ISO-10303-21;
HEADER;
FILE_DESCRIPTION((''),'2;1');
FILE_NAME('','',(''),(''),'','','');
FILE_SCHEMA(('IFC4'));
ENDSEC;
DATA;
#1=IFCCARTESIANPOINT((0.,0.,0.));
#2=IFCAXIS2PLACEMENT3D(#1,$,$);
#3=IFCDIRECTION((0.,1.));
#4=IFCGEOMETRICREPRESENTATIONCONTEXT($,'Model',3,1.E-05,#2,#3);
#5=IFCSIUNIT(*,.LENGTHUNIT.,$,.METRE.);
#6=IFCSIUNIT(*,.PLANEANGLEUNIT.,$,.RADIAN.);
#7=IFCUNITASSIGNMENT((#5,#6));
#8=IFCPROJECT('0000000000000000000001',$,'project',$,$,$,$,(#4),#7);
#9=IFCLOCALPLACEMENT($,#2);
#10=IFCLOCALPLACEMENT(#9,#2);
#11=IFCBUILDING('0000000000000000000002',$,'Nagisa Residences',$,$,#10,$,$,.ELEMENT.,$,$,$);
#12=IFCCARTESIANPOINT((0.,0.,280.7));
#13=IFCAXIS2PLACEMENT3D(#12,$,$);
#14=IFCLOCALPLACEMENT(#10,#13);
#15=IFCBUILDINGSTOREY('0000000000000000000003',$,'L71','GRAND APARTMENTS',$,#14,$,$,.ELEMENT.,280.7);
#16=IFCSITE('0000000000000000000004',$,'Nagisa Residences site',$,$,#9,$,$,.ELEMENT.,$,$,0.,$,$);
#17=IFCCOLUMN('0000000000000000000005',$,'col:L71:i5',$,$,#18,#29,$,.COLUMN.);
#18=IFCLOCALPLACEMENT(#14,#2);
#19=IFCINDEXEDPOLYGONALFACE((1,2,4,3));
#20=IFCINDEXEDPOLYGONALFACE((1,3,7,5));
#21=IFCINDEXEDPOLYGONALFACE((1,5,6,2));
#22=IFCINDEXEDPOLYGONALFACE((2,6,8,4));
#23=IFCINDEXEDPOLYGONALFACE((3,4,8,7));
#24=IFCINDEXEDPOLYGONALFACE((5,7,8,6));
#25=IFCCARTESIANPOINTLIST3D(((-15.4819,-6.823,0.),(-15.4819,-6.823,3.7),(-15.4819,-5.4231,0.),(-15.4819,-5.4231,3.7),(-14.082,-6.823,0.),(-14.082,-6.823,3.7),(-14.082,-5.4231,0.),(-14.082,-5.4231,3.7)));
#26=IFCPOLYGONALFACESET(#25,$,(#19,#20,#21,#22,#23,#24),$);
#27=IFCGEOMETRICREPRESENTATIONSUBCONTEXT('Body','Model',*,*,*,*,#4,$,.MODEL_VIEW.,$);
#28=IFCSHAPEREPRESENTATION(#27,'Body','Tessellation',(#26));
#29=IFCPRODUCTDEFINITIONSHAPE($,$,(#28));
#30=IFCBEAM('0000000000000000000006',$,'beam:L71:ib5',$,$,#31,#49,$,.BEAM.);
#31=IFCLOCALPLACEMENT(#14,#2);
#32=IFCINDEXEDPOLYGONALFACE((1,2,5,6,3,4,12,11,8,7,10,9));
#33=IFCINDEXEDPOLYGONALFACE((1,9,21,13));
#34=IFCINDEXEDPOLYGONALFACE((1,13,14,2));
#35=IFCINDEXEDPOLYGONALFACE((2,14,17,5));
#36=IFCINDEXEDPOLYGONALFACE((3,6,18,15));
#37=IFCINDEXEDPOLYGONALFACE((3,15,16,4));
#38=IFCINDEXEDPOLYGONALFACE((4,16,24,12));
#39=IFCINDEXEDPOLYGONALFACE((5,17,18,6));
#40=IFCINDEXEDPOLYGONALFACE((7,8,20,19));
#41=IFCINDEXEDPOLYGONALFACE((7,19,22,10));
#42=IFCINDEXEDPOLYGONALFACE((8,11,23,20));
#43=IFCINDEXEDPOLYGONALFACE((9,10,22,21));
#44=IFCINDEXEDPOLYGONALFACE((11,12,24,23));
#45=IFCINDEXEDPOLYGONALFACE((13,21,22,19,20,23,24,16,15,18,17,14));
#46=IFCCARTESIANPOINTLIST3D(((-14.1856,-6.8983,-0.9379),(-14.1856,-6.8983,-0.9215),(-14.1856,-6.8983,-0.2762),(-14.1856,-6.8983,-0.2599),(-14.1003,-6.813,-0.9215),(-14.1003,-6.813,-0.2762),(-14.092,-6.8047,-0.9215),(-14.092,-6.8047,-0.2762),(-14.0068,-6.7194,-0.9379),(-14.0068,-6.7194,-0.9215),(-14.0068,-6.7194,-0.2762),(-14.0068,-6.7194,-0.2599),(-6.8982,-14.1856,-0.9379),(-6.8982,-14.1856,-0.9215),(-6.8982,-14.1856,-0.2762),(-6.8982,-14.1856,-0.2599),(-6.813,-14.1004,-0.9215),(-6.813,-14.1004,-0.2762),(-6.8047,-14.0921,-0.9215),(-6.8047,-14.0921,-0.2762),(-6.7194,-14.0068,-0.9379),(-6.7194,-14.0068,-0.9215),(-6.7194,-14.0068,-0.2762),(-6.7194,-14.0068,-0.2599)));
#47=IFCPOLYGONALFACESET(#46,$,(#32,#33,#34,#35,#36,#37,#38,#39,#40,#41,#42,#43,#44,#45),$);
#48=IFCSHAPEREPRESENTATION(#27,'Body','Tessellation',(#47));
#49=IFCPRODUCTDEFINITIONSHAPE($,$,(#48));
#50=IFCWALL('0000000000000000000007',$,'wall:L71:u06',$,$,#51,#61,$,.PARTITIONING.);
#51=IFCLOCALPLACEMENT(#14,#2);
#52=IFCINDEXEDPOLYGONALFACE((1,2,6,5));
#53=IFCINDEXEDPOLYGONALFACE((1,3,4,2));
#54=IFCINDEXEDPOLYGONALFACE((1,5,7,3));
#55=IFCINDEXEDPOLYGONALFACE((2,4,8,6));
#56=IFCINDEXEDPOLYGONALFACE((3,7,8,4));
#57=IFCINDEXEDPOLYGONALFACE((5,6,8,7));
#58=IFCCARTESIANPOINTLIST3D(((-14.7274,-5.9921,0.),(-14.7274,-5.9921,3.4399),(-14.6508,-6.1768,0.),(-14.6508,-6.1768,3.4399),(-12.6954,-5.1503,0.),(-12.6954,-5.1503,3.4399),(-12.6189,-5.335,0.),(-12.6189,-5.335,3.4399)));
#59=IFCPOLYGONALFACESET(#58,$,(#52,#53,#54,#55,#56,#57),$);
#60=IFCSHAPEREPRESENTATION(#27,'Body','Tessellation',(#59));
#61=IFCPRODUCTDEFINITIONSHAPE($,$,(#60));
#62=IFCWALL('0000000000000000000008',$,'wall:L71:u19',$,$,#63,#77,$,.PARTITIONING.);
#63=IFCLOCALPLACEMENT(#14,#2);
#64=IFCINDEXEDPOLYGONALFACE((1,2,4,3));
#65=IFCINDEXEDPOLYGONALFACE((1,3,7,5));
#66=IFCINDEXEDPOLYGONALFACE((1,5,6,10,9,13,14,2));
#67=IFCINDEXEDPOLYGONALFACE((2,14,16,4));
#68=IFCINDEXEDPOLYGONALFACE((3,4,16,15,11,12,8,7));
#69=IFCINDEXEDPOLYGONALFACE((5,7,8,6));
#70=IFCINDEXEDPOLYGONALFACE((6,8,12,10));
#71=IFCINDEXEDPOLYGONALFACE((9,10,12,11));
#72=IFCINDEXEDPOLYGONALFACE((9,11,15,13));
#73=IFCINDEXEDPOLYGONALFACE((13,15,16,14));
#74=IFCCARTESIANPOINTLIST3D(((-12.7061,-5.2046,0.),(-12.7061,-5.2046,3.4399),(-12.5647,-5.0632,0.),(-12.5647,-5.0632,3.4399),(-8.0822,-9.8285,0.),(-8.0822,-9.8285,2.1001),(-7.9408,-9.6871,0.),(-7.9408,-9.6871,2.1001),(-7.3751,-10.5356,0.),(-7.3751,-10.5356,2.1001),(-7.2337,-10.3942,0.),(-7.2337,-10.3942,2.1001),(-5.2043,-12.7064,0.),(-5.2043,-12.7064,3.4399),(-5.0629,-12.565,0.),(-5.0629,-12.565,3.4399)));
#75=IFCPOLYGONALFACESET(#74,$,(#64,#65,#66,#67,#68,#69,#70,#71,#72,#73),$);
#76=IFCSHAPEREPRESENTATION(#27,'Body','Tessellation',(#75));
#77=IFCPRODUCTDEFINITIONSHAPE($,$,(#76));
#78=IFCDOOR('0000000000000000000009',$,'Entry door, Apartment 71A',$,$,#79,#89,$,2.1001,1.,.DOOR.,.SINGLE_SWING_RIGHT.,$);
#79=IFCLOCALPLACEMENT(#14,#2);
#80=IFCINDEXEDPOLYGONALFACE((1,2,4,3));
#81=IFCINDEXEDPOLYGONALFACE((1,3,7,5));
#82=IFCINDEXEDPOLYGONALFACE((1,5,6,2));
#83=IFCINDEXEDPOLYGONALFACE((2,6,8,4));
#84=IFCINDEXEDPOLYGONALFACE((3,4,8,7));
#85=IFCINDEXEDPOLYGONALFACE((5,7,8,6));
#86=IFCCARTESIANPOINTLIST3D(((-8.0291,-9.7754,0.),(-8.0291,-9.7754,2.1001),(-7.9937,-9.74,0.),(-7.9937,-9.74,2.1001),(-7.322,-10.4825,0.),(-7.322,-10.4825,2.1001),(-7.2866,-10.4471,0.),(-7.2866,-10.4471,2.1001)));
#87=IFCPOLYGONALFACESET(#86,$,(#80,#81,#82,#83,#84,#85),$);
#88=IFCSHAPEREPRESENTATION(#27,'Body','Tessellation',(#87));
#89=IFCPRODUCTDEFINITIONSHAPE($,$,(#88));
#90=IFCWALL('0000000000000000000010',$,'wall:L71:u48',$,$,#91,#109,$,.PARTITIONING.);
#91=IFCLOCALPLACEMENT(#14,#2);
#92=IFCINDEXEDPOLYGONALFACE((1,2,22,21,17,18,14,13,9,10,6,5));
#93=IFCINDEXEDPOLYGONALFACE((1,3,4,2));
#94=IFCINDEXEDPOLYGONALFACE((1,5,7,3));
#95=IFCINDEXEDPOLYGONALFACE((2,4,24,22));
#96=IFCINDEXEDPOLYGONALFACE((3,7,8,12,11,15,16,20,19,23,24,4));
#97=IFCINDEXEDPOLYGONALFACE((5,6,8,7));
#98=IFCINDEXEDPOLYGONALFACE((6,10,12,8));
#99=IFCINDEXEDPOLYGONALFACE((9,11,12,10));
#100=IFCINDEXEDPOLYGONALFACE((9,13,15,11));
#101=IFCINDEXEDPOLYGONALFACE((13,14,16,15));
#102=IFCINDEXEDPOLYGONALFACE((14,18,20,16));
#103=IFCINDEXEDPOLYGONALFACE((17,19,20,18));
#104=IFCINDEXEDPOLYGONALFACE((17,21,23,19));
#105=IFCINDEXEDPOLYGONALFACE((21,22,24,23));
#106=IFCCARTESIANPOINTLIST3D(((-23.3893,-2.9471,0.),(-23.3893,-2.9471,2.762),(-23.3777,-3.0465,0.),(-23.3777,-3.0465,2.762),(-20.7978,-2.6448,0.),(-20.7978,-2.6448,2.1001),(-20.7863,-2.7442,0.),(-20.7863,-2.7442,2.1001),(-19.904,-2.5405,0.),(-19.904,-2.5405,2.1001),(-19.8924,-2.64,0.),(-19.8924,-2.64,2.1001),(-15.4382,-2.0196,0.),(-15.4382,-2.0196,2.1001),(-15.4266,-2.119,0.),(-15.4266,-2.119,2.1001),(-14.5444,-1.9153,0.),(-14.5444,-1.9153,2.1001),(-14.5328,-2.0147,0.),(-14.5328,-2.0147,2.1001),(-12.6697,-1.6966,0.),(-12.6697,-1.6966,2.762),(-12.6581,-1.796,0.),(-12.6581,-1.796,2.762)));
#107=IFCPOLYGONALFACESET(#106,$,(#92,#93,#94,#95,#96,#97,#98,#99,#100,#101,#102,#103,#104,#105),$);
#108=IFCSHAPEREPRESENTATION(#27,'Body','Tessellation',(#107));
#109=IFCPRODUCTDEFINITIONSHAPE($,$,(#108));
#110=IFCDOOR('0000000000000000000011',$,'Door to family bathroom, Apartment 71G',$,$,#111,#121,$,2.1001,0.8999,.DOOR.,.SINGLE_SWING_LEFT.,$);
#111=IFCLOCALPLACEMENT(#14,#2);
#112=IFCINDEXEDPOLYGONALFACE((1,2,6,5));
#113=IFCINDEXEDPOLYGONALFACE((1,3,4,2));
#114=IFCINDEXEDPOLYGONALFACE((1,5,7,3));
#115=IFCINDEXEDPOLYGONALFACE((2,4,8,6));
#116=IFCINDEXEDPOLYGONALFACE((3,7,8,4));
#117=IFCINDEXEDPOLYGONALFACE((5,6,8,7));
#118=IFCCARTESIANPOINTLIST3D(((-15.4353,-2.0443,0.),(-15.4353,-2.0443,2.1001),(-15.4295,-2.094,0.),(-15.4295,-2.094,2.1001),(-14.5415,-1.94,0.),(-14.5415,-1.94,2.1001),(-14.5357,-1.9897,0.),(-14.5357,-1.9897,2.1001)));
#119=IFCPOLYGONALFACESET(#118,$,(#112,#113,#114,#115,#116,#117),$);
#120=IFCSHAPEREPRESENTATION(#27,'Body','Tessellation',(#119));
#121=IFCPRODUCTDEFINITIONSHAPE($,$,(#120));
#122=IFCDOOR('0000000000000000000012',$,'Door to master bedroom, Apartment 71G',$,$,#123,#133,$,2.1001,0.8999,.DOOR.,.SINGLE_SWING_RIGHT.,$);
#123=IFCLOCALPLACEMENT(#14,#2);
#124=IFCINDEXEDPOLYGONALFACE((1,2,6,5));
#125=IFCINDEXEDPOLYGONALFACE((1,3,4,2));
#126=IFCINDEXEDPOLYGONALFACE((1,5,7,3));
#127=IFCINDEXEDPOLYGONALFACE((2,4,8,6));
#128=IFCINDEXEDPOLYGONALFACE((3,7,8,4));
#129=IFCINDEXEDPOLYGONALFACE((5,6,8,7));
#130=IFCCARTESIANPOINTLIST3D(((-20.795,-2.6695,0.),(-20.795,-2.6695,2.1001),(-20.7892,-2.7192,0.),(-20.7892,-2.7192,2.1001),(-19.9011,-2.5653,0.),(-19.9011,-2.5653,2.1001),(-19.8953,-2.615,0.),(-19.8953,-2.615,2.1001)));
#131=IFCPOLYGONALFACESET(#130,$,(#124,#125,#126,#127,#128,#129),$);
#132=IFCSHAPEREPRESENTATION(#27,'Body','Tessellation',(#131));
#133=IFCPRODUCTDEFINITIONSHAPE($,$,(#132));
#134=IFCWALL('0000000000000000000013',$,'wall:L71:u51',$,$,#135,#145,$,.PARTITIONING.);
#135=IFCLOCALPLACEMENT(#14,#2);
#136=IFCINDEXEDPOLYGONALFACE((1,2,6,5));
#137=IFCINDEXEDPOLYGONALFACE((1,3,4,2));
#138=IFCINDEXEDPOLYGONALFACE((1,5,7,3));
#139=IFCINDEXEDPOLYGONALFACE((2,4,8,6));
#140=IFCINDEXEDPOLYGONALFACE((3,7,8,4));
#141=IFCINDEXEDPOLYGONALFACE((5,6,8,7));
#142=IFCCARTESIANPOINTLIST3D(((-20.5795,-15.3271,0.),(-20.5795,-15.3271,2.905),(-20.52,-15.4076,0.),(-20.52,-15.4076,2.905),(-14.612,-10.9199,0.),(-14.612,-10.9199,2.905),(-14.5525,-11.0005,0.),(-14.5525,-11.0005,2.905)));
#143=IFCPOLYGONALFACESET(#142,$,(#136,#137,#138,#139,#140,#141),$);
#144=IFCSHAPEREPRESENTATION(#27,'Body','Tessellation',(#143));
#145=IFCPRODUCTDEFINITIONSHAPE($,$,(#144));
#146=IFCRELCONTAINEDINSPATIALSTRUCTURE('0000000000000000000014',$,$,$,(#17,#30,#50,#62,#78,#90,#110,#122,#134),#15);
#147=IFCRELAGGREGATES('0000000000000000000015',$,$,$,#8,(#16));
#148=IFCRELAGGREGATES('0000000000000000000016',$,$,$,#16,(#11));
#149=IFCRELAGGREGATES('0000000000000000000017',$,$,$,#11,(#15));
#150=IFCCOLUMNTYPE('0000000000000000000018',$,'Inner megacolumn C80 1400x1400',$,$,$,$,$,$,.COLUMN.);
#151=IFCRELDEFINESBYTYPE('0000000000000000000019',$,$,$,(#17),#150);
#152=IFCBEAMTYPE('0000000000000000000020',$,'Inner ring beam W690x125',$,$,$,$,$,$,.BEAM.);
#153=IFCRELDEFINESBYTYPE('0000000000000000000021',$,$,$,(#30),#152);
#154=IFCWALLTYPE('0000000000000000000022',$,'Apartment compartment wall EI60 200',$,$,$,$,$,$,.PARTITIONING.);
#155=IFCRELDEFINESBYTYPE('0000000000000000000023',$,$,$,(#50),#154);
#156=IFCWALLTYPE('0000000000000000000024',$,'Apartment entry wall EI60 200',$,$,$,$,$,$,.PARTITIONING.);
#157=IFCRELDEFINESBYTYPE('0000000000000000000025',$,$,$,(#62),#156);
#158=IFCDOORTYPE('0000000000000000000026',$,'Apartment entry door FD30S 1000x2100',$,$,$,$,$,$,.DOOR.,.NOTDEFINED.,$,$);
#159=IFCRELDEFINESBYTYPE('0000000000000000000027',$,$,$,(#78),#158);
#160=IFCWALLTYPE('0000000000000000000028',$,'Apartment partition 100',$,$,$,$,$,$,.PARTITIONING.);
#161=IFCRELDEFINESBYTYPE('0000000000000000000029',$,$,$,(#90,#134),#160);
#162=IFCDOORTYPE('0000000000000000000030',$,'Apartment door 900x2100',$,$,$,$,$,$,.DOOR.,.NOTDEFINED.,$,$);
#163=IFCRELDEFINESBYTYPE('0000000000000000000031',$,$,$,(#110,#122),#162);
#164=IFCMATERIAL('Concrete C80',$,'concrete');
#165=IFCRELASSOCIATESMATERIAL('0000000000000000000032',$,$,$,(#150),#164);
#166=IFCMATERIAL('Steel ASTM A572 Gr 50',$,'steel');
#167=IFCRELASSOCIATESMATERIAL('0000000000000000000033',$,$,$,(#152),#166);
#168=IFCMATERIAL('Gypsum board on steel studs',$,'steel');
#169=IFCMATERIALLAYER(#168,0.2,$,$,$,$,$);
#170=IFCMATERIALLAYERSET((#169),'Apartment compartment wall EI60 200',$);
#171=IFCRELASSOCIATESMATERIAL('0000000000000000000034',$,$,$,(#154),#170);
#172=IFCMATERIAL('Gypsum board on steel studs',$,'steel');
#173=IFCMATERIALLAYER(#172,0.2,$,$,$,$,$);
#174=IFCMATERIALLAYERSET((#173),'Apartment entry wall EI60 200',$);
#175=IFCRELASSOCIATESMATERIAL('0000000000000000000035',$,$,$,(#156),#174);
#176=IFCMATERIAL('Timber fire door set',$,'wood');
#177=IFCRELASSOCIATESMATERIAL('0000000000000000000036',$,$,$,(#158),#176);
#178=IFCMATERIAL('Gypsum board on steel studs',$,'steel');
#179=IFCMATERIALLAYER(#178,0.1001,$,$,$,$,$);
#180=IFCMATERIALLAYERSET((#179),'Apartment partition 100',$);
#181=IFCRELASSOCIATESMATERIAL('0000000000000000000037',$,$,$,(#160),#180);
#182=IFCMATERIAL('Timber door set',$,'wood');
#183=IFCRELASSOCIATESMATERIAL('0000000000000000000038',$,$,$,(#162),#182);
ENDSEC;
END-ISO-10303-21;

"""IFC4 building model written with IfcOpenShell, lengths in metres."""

from ifc_helpers import new_model, si_unit, direction, frame, frame_2d, origin, origin_2d, place, context, subcontext, project, spatial, rectangle, i_section, extrude, material, layer, layer_set, material_profile, profile_set, type_object, element, fill, save


model = new_model("IFC4")

# Units and contexts
model_context = context("Model", 3, precision=1e-05, world=origin(), true_north=direction((0.0, 1.0)))
body_context = subcontext(model_context, "Body", "Model", "MODEL_VIEW")
ifc_project = project(units=[si_unit("LENGTHUNIT", "METRE"), si_unit("PLANEANGLEUNIT", "RADIAN")], contexts=[model_context])

# Site, building, storey
site_placement = place(None, origin())
site = spatial("IfcSite", under=ifc_project, at=site_placement, Name="Nagisa Residences site", CompositionType="ELEMENT", RefElevation=0.0)
building_placement = place(site_placement, origin())
building = spatial("IfcBuilding", under=site, at=building_placement, Name="Nagisa Residences", CompositionType="ELEMENT")
storey_placement = place(building_placement, frame((0.0, 0.0, 280.7)))
storey = spatial("IfcBuildingStorey", under=building, at=storey_placement, Name="L71", Description="GRAND APARTMENTS", CompositionType="ELEMENT", Elevation=280.7)

# Column
ifc_material_1 = material(Name="Concrete C80", Category="concrete")
ifc_material_profile_1 = material_profile(ifc_material_1, rectangle(XDim=1.3999, YDim=1.3999, at=origin_2d()), Name="C80 1400x1400")
ifc_profile_set_1 = profile_set([ifc_material_profile_1], Name="Concrete C80")
column_type = type_object("IfcColumnType", Name="Inner megacolumn C80 1400x1400", PredefinedType="COLUMN", material=ifc_profile_set_1)
column_placement = place(storey_placement, frame((-14.782, -6.123, 0.0), z_axis=(0.0, 0.0, 1.0), x_axis=(1.0, 0.0, 0.0)))
element("IfcColumn", 1, at=column_placement, inside=storey, type_object=column_type, Name="col:L71:i5", PredefinedType="COLUMN", context=body_context, shape_type="SweptSolid", body=[
    extrude(rectangle(XDim=1.3999, YDim=1.3999, at=origin_2d()), origin(), (0.0, 0.0, 1.0), 3.7),
])

# Beam
ifc_material_2 = material(Name="Steel ASTM A572 Gr 50", Category="steel")
ifc_material_profile_2 = material_profile(ifc_material_2, i_section(OverallWidth=0.2529, OverallDepth=0.678, WebThickness=0.0117, FlangeThickness=0.0164, at=origin_2d()), Name="W690x125")
ifc_profile_set_2 = profile_set([ifc_material_profile_2], Name="Steel ASTM A572 Gr 50")
beam_type = type_object("IfcBeamType", Name="Inner ring beam W690x125", PredefinedType="BEAM", material=ifc_profile_set_2)
beam_placement = place(storey_placement, frame((-14.0962, -6.8088, -0.5989), z_axis=(0.707107, -0.707107, 0.0), x_axis=(0.707107, 0.707107, 0.0)))
element("IfcBeam", 2, at=beam_placement, inside=storey, type_object=beam_type, Name="beam:L71:ib5", PredefinedType="BEAM", context=body_context, shape_type="SweptSolid", body=[
    extrude(i_section(OverallWidth=0.2529, OverallDepth=0.678, WebThickness=0.0117, FlangeThickness=0.0164, at=origin_2d()), origin(), (0.0, 0.0, 1.0), 10.3059),
])

# Wall
ifc_material_3 = material(Name="Gypsum board on steel studs", Category="steel")
ifc_layer_1 = layer(ifc_material_3, 0.2)
ifc_layer_set_1 = layer_set([ifc_layer_1], Name="Apartment compartment wall EI60 200")
wall_type_1 = type_object("IfcWallType", Name="Apartment compartment wall EI60 200", PredefinedType="PARTITIONING", material=ifc_layer_set_1)
wall_1_placement = place(storey_placement, frame((-12.6572, -5.2427, 0.0), z_axis=(0.0, 0.0, 1.0), x_axis=(-0.92386, -0.382731, 0.0)))
element("IfcWall", 3, at=wall_1_placement, inside=storey, type_object=wall_type_1, Name="wall:L71:u06", PredefinedType="PARTITIONING", context=body_context, shape_type="SweptSolid", body=[
    extrude(rectangle(XDim=2.1995, YDim=0.2, at=frame_2d((1.0996, 0.0))), origin(), (0.0, 0.0, 1.0), 3.4399),
])

# Wall, opening, door
ifc_material_4 = material(Name="Gypsum board on steel studs", Category="steel")
ifc_layer_2 = layer(ifc_material_4, 0.2)
ifc_layer_set_2 = layer_set([ifc_layer_2], Name="Apartment entry wall EI60 200")
wall_type_2 = type_object("IfcWallType", Name="Apartment entry wall EI60 200", PredefinedType="PARTITIONING", material=ifc_layer_set_2)
wall_2_placement = place(storey_placement, frame((-12.6355, -5.1338, 0.0), z_axis=(0.0, 0.0, 1.0), x_axis=(0.707107, -0.707107, 0.0)))
wall_2 = element("IfcWall", 4, at=wall_2_placement, inside=storey, type_object=wall_type_2, Name="wall:L71:u19", PredefinedType="PARTITIONING", context=body_context, shape_type="SweptSolid", body=[
    extrude(rectangle(XDim=10.6091, YDim=0.2, at=frame_2d((5.3047, 0.0))), origin(), (0.0, 0.0, 1.0), 3.4399),
])
opening_1_placement = place(wall_2_placement, frame((6.5393, 0.0, 0.0)))
opening_1 = element("IfcOpeningElement", 5, at=opening_1_placement, cuts=wall_2, PredefinedType="OPENING", context=body_context, shape_type="SweptSolid", body=[
    extrude(rectangle(XDim=1.0, YDim=2.1001, at=frame_2d((0.5, 1.05))), frame((0.0, 0.1099, 0.0), z_axis=(0.0, -1.0, 0.0), x_axis=(1.0, 0.0, 0.0)), (0.0, 0.0, 1.0), 0.22),
])
ifc_material_5 = material(Name="Timber fire door set", Category="wood")
door_type_1 = type_object("IfcDoorType", Name="Apartment entry door FD30S 1000x2100", OperationType="NOTDEFINED", PredefinedType="DOOR", material=ifc_material_5)
door_1_placement = place(opening_1_placement, frame((1.0, 0.0, 0.0), x_axis=(-1.0, 0.0, 0.0)))
door_1 = element("IfcDoor", 6, at=door_1_placement, inside=storey, type_object=door_type_1, Name="Entry door, Apartment 71A", OperationType="SINGLE_SWING_RIGHT", OverallHeight=2.1001, OverallWidth=1.0, PredefinedType="DOOR", context=body_context, shape_type="SweptSolid", body=[
    extrude(rectangle(XDim=1.0, YDim=2.1001, at=frame_2d((0.5, 1.05))), frame((0.0, 0.0249, 0.0), z_axis=(0.0, -1.0, 0.0), x_axis=(1.0, 0.0, 0.0)), (0.0, 0.0, 1.0), 0.05),
])
fill(opening_1, door_1)

# Wall, openings, doors
ifc_material_6 = material(Name="Gypsum board on steel studs", Category="steel")
ifc_layer_3 = layer(ifc_material_6, 0.1001)
ifc_layer_set_3 = layer_set([ifc_layer_3], Name="Apartment partition 100")
wall_type_3 = type_object("IfcWallType", Name="Apartment partition 100", PredefinedType="PARTITIONING", material=ifc_layer_set_3)
wall_3_placement = place(storey_placement, frame((-12.6641, -1.7463, 0.0), z_axis=(0.0, 0.0, 1.0), x_axis=(-0.993264, -0.11587, 0.0)))
wall_3 = element("IfcWall", 7, at=wall_3_placement, inside=storey, type_object=wall_type_3, Name="wall:L71:u48", PredefinedType="PARTITIONING", context=body_context, shape_type="SweptSolid", body=[
    extrude(rectangle(XDim=10.7922, YDim=0.1001, at=frame_2d((5.396, 0.0))), origin(), (0.0, 0.0, 1.0), 2.762),
])
opening_2_placement = place(wall_3_placement, frame((1.8872, 0.0, 0.0)))
opening_2 = element("IfcOpeningElement", 8, at=opening_2_placement, cuts=wall_3, PredefinedType="OPENING", context=body_context, shape_type="SweptSolid", body=[
    extrude(rectangle(XDim=0.8999, YDim=2.1001, at=frame_2d((0.45, 1.05))), frame((0.0, 0.0601, 0.0), z_axis=(0.0, -1.0, 0.0), x_axis=(1.0, 0.0, 0.0)), (0.0, 0.0, 1.0), 0.1201),
])
opening_3_placement = place(wall_3_placement, frame((7.2832, 0.0, 0.0)))
opening_3 = element("IfcOpeningElement", 9, at=opening_3_placement, cuts=wall_3, PredefinedType="OPENING", context=body_context, shape_type="SweptSolid", body=[
    extrude(rectangle(XDim=0.8999, YDim=2.1001, at=frame_2d((0.45, 1.05))), frame((0.0, 0.0601, 0.0), z_axis=(0.0, -1.0, 0.0), x_axis=(1.0, 0.0, 0.0)), (0.0, 0.0, 1.0), 0.1201),
])
ifc_material_7 = material(Name="Timber door set", Category="wood")
door_type_2 = type_object("IfcDoorType", Name="Apartment door 900x2100", OperationType="NOTDEFINED", PredefinedType="DOOR", material=ifc_material_7)
door_2_placement = place(opening_2_placement, origin())
door_2 = element("IfcDoor", 10, at=door_2_placement, inside=storey, type_object=door_type_2, Name="Door to family bathroom, Apartment 71G", OperationType="SINGLE_SWING_LEFT", OverallHeight=2.1001, OverallWidth=0.8999, PredefinedType="DOOR", context=body_context, shape_type="SweptSolid", body=[
    extrude(rectangle(XDim=0.8999, YDim=2.1001, at=frame_2d((0.45, 1.05))), frame((0.0, 0.0249, 0.0), z_axis=(0.0, -1.0, 0.0), x_axis=(1.0, 0.0, 0.0)), (0.0, 0.0, 1.0), 0.05),
])
fill(opening_2, door_2)
door_3_placement = place(opening_3_placement, origin())
door_3 = element("IfcDoor", 11, at=door_3_placement, inside=storey, type_object=door_type_2, Name="Door to master bedroom, Apartment 71G", OperationType="SINGLE_SWING_RIGHT", OverallHeight=2.1001, OverallWidth=0.8999, PredefinedType="DOOR", context=body_context, shape_type="SweptSolid", body=[
    extrude(rectangle(XDim=0.8999, YDim=2.1001, at=frame_2d((0.45, 1.05))), frame((0.0, 0.0249, 0.0), z_axis=(0.0, -1.0, 0.0), x_axis=(1.0, 0.0, 0.0)), (0.0, 0.0, 1.0), 0.05),
])
fill(opening_3, door_3)

# Wall
wall_4_placement = place(storey_placement, frame((-14.5823, -10.9602, 0.0), z_axis=(0.0, 0.0, 1.0), x_axis=(-0.804405, -0.594081, 0.0)))
element("IfcWall", 12, at=wall_4_placement, inside=storey, type_object=wall_type_3, Name="wall:L71:u51", PredefinedType="PARTITIONING", context=body_context, shape_type="SweptSolid", body=[
    extrude(rectangle(XDim=7.4185, YDim=0.1001, at=frame_2d((3.7092, 0.0))), origin(), (0.0, 0.0, 1.0), 2.905),
])

save(model, "model.ifc")
